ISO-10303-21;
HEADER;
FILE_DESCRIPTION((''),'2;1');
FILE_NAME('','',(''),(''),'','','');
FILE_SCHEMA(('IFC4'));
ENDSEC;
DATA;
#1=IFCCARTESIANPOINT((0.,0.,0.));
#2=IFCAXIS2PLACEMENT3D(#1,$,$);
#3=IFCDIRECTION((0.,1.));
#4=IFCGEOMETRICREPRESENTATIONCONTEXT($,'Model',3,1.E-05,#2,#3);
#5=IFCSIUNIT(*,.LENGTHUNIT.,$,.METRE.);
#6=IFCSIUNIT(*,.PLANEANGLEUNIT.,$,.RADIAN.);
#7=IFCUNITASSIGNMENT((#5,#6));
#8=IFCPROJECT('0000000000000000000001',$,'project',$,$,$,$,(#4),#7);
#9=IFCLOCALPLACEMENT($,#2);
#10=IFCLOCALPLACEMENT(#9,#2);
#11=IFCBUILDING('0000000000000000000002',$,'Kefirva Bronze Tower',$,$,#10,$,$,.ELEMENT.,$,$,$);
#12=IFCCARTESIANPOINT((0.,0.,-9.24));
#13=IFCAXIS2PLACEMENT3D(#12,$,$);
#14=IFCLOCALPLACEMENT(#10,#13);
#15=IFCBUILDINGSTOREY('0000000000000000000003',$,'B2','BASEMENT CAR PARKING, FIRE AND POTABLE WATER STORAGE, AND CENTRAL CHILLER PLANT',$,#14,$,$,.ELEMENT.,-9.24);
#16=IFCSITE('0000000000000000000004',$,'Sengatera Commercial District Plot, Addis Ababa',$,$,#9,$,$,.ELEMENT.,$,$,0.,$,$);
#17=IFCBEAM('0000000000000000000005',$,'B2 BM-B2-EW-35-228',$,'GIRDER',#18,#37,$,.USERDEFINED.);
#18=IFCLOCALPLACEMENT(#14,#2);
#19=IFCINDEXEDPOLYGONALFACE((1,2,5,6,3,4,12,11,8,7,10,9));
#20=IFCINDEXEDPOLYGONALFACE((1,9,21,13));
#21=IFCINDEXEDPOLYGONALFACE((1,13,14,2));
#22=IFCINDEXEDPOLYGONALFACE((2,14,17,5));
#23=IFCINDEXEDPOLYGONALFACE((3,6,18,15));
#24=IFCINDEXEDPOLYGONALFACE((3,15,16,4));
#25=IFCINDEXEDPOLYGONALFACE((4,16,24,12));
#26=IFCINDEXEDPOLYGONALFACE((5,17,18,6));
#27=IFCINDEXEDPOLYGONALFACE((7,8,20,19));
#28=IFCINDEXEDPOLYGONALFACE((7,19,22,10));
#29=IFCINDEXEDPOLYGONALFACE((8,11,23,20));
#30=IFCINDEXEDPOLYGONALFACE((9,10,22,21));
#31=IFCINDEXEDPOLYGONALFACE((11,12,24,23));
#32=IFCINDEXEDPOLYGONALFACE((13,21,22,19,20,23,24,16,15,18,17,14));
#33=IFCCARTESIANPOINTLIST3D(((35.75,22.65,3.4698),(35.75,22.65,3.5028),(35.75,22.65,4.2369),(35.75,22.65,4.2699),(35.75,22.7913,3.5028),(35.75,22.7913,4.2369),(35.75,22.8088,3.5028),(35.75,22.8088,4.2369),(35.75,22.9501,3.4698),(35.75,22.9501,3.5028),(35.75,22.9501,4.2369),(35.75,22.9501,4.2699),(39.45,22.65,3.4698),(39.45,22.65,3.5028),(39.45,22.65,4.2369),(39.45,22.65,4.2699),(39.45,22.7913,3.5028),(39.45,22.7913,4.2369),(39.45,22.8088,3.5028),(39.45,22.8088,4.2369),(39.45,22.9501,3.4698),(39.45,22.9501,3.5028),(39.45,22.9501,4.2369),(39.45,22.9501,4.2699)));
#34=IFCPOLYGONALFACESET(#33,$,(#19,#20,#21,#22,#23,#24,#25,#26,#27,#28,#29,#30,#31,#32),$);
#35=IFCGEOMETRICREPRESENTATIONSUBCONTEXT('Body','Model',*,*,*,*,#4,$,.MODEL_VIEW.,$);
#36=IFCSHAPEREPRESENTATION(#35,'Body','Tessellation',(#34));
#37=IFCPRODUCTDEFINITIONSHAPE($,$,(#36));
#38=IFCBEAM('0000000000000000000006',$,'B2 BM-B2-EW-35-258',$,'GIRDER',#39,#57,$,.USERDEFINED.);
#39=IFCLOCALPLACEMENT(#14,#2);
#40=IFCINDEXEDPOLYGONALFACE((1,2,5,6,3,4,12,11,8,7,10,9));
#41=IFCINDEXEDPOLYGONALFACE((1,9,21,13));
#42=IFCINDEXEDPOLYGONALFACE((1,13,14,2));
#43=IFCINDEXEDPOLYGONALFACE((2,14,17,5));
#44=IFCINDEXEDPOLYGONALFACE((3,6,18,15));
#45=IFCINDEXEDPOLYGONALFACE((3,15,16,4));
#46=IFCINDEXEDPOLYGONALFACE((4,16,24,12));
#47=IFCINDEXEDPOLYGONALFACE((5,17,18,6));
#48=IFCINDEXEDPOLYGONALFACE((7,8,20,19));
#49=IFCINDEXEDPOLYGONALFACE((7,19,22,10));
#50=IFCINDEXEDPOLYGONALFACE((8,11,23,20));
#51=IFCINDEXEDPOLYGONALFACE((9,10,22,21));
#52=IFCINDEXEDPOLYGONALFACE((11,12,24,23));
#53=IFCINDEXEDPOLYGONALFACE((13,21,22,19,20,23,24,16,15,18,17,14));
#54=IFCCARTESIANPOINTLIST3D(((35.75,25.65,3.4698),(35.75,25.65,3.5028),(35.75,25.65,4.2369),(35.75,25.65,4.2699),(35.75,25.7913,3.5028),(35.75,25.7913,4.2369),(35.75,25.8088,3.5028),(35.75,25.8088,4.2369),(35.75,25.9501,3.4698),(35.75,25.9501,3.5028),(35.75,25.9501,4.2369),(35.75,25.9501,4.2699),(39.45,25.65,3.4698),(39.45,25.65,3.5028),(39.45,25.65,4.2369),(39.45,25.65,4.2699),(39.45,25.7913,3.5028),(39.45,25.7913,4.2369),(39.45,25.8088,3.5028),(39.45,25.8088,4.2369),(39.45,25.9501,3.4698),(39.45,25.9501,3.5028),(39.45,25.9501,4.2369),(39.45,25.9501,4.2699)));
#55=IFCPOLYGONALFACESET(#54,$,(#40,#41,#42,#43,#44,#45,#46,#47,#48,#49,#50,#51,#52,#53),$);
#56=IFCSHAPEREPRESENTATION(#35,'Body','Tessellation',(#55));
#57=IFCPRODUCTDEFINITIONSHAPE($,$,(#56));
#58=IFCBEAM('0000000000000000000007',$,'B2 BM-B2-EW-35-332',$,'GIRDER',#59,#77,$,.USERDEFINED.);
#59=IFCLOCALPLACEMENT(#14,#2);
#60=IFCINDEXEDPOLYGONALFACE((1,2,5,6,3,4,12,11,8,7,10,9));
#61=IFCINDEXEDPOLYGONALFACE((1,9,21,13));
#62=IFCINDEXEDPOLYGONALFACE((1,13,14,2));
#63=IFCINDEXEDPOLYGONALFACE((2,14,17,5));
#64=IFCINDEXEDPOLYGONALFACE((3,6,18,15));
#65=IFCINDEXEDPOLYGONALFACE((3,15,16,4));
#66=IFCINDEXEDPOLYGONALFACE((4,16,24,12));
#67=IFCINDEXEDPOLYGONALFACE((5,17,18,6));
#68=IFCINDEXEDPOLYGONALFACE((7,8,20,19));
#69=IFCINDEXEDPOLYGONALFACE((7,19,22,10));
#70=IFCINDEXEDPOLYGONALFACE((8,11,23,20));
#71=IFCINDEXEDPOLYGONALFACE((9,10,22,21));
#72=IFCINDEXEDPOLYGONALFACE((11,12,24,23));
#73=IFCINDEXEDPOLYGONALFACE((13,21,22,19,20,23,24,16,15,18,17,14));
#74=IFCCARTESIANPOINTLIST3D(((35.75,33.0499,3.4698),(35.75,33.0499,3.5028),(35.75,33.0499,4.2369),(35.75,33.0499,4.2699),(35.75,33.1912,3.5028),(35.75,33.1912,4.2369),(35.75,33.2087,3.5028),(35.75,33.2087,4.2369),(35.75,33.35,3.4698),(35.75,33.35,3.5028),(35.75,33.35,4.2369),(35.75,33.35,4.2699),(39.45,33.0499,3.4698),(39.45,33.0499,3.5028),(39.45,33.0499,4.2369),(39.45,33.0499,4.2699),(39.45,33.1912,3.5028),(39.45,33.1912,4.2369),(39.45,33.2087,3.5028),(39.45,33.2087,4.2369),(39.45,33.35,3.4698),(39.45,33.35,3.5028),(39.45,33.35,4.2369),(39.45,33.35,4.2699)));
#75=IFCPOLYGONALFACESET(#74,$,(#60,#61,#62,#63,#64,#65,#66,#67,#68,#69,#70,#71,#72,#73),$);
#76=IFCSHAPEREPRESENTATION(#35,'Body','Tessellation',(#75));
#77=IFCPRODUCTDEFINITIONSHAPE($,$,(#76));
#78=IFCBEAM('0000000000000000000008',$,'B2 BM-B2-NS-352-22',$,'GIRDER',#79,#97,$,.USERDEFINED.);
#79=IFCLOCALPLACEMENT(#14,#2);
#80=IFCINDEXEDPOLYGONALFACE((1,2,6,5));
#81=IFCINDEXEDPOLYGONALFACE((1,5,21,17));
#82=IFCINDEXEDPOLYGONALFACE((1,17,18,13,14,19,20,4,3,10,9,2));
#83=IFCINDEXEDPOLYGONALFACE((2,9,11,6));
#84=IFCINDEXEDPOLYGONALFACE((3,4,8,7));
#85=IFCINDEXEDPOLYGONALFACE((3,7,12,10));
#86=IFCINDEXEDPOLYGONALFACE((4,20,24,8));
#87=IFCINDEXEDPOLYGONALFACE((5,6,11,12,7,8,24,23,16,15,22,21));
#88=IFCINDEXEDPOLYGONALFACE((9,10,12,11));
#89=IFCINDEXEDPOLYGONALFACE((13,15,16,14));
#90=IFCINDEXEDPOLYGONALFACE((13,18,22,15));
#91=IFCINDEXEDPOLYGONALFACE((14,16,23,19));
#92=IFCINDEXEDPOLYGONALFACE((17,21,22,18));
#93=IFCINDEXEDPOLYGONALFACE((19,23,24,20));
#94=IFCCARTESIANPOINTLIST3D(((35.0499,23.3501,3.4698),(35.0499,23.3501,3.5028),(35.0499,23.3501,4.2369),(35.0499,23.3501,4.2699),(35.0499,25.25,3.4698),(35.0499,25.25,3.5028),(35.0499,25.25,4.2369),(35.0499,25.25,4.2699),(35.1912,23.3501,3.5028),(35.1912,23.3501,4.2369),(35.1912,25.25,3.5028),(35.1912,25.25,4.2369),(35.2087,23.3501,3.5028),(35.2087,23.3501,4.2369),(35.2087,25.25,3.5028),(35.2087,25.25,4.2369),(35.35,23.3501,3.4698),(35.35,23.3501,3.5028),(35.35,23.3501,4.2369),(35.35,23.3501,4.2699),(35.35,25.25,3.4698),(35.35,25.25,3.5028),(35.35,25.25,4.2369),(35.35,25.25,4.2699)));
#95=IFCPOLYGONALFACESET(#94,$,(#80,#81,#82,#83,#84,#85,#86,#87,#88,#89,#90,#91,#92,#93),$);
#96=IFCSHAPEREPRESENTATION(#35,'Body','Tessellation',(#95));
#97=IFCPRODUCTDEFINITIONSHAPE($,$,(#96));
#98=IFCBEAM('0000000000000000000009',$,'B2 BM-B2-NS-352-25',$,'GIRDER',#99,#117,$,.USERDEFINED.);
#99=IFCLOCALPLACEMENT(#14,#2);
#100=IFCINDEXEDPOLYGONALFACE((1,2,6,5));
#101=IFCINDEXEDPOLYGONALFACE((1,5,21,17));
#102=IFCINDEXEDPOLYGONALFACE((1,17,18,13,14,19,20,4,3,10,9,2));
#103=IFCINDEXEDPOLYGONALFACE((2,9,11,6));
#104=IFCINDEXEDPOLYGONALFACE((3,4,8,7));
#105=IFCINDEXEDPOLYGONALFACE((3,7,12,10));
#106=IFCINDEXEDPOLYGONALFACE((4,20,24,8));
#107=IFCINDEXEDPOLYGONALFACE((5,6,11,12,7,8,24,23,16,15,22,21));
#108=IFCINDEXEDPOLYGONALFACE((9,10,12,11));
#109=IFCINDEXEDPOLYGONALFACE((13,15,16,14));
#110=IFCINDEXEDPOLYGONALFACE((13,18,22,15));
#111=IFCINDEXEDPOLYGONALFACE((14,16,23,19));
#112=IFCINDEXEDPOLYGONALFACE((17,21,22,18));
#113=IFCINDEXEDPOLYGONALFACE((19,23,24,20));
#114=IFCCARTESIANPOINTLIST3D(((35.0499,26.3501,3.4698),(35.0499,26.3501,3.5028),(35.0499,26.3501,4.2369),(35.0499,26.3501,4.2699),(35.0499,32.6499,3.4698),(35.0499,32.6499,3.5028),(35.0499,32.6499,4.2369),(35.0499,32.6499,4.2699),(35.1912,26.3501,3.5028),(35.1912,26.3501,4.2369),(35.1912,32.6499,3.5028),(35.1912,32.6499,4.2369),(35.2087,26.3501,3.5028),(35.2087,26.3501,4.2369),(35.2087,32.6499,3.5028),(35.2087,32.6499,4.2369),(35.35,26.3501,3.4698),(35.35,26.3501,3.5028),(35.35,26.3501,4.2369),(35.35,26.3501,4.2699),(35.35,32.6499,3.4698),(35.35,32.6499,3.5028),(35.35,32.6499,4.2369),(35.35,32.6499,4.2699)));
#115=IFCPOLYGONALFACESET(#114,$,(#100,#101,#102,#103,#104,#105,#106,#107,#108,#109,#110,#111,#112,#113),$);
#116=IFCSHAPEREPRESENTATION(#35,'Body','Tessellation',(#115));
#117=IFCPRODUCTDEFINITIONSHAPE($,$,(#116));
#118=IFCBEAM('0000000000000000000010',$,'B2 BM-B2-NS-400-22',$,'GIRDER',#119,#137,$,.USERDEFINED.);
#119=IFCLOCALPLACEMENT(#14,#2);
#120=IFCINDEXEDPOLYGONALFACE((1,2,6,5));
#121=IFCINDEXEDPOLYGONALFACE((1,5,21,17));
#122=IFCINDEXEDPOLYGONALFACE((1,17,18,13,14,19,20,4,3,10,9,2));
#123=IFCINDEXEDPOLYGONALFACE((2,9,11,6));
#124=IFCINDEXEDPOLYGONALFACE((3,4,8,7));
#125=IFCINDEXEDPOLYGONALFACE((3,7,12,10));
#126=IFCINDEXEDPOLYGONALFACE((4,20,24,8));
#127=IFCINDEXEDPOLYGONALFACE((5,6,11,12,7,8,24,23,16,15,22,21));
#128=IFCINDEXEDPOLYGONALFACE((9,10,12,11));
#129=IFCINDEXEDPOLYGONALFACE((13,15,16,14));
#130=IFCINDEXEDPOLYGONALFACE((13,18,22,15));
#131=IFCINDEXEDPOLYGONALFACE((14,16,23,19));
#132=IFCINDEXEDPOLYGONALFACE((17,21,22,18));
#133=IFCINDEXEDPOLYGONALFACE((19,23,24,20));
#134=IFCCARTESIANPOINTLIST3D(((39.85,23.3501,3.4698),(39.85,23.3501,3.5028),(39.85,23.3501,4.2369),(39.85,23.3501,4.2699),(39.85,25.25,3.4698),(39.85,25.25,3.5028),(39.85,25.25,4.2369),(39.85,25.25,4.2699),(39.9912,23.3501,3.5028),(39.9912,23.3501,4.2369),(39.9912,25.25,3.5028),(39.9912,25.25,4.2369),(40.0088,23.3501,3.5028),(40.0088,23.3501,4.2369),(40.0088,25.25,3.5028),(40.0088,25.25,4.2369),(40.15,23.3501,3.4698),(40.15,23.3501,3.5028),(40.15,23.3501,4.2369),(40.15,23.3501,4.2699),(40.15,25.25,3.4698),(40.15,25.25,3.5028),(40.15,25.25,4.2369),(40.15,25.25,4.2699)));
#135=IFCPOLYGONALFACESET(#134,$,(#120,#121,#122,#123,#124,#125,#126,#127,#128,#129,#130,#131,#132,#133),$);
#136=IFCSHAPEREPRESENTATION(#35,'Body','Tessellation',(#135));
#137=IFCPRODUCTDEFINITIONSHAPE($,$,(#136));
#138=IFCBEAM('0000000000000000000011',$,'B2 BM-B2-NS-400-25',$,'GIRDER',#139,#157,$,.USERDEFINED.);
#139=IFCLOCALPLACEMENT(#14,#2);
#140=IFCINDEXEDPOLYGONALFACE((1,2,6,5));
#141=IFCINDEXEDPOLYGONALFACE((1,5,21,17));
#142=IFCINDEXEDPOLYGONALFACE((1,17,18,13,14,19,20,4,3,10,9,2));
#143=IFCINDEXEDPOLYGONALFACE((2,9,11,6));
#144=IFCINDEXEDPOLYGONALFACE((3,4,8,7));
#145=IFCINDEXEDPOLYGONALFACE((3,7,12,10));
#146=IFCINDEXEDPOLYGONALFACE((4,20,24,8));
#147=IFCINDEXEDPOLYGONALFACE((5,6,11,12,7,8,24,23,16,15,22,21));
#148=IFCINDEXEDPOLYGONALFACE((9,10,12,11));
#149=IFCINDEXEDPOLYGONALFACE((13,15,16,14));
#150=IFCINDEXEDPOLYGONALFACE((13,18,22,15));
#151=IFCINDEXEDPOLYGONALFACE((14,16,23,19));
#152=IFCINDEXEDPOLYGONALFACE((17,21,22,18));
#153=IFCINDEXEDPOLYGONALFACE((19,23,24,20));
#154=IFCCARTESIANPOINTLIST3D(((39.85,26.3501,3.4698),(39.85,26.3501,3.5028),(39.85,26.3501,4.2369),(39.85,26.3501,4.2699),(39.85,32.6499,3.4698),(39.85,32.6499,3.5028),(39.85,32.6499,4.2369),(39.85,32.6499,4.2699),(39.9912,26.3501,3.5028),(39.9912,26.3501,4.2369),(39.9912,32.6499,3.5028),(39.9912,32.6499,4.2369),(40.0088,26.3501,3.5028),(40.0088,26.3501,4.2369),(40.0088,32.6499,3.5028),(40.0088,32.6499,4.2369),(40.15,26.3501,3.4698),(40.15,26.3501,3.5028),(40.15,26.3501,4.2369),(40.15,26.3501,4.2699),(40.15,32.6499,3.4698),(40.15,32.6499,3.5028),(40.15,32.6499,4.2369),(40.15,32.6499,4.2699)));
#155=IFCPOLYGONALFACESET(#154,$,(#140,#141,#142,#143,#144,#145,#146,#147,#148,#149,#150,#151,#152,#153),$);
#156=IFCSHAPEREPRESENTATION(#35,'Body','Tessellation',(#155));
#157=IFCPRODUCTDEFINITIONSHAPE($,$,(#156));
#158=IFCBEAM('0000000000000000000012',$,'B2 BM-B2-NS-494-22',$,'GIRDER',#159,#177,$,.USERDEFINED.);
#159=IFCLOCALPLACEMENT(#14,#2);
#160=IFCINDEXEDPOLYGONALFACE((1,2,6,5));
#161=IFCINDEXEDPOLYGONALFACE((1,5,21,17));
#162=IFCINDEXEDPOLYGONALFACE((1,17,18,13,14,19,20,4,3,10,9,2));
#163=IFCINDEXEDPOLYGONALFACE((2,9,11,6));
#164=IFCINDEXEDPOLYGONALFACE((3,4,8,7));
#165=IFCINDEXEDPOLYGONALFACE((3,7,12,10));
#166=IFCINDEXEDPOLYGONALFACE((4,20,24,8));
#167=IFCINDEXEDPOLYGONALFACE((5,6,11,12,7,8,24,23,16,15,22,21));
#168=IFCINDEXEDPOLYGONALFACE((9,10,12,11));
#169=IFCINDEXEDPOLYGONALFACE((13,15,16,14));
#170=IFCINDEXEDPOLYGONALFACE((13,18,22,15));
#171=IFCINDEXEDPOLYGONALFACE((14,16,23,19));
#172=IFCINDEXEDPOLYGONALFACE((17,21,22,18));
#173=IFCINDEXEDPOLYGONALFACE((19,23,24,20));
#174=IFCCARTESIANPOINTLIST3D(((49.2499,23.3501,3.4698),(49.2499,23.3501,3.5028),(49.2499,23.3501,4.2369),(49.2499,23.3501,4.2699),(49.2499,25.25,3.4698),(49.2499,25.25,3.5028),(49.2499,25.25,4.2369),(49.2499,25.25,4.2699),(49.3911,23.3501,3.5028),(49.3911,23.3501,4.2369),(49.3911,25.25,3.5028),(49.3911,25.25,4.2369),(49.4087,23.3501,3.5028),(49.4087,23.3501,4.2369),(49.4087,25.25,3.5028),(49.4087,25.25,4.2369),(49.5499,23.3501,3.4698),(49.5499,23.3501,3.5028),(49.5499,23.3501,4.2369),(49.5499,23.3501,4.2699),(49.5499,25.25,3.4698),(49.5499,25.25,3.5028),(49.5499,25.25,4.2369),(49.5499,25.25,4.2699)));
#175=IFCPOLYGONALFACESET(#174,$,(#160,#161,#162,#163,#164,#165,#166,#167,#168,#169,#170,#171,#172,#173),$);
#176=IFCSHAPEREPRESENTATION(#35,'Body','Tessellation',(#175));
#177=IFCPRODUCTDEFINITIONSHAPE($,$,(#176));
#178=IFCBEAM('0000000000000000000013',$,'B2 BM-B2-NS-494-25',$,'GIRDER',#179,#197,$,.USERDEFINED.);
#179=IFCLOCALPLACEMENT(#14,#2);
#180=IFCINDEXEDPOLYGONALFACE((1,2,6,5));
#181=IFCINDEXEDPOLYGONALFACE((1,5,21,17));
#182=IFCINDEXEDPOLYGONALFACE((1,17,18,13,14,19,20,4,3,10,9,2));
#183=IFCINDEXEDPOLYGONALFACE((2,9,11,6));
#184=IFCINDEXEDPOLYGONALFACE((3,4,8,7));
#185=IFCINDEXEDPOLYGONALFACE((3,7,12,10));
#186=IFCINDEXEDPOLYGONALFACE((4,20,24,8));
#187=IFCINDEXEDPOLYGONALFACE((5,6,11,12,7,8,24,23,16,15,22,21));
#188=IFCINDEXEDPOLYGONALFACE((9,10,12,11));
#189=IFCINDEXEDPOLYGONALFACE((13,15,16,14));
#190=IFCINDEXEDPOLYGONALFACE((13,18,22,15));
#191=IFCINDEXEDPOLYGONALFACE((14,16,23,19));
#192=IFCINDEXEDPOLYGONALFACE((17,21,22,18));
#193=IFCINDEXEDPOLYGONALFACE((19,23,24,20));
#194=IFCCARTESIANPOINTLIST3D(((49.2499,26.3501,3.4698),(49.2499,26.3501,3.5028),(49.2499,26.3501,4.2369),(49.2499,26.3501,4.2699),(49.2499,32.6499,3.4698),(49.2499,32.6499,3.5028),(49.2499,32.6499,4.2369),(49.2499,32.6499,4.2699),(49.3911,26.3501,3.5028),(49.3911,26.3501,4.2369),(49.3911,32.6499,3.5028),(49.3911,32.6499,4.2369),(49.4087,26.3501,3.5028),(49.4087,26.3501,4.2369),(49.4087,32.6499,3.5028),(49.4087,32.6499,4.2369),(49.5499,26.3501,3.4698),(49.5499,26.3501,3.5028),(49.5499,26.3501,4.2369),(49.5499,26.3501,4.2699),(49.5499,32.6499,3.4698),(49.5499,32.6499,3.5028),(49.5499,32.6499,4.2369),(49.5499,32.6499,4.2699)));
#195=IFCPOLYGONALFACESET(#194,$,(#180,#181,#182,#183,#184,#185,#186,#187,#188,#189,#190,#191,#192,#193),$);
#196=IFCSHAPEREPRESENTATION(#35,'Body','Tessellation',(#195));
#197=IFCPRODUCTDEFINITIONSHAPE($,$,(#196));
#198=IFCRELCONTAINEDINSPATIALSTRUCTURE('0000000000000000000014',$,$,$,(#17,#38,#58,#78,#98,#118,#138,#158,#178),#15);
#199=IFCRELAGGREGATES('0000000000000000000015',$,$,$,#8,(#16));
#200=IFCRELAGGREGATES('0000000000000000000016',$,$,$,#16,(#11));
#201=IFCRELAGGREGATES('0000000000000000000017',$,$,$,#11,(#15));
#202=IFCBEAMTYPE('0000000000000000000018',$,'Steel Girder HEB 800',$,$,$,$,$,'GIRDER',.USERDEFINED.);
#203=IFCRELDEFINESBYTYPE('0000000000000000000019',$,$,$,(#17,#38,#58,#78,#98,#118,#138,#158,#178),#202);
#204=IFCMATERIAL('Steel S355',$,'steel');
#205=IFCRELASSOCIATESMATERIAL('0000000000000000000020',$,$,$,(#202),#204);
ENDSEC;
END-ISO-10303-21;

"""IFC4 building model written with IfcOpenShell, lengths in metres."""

from ifc_helpers import new_model, si_unit, direction, frame, origin, origin_2d, place, context, subcontext, project, spatial, i_section, extrude, material, material_profile, profile_set, type_object, element, save


model = new_model("IFC4")

# Units and contexts
model_context = context("Model", 3, precision=1e-05, world=origin(), true_north=direction((0.0, 1.0)))
body_context = subcontext(model_context, "Body", "Model", "MODEL_VIEW")
ifc_project = project(units=[si_unit("LENGTHUNIT", "METRE"), si_unit("PLANEANGLEUNIT", "RADIAN")], contexts=[model_context])

# Site, building, storey
site_placement = place(None, origin())
site = spatial("IfcSite", under=ifc_project, at=site_placement, Name="Sengatera Commercial District Plot, Addis Ababa", CompositionType="ELEMENT", RefElevation=0.0)
building_placement = place(site_placement, origin())
building = spatial("IfcBuilding", under=site, at=building_placement, Name="Kefirva Bronze Tower", CompositionType="ELEMENT")
storey_placement = place(building_placement, frame((0.0, 0.0, -9.24)))
storey = spatial("IfcBuildingStorey", under=building, at=storey_placement, Name="B2", Description="BASEMENT CAR PARKING, FIRE AND POTABLE WATER STORAGE, AND CENTRAL CHILLER PLANT", CompositionType="ELEMENT", Elevation=-9.24)

# Beams
ifc_material_1 = material(Name="Steel S355", Category="steel")
ifc_material_profile_1 = material_profile(ifc_material_1, i_section(OverallWidth=0.3, OverallDepth=0.8, WebThickness=0.0176, FlangeThickness=0.033, at=origin_2d()), Name="HEB 800")
ifc_profile_set_1 = profile_set([ifc_material_profile_1], Name="Steel S355")
beam_type_1 = type_object("IfcBeamType", Name="Steel Girder HEB 800", ElementType="GIRDER", PredefinedType="USERDEFINED", material=ifc_profile_set_1)
for number, where, z_axis, x_axis, name in (
    (1, (35.75, 22.8, 3.8699), (1.0, 0.0, 0.0), (0.0, 1.0, 0.0), "B2 BM-B2-EW-35-228"),
    (2, (35.75, 25.8, 3.8699), (1.0, 0.0, 0.0), (0.0, 1.0, 0.0), "B2 BM-B2-EW-35-258"),
    (3, (35.75, 33.2, 3.8699), (1.0, 0.0, 0.0), (0.0, 1.0, 0.0), "B2 BM-B2-EW-35-332"),
):
    element("IfcBeam", number, at=place(storey_placement, frame(where, z_axis=z_axis, x_axis=x_axis)), inside=storey, type_object=beam_type_1, Name=name, ObjectType="GIRDER", PredefinedType="USERDEFINED", context=body_context, shape_type="SweptSolid", body=[
        extrude(i_section(OverallWidth=0.3, OverallDepth=0.8, WebThickness=0.0176, FlangeThickness=0.033, at=origin_2d()), origin(), (0.0, 0.0, 1.0), 3.7),
    ])
beam_1_placement = place(storey_placement, frame((35.2, 23.3501, 3.8699), z_axis=(0.0, 1.0, 0.0), x_axis=(-1.0, 0.0, 0.0)))
element("IfcBeam", 4, at=beam_1_placement, inside=storey, type_object=beam_type_1, Name="B2 BM-B2-NS-352-22", ObjectType="GIRDER", PredefinedType="USERDEFINED", context=body_context, shape_type="SweptSolid", body=[
    extrude(i_section(OverallWidth=0.3, OverallDepth=0.8, WebThickness=0.0176, FlangeThickness=0.033, at=origin_2d()), origin(), (0.0, 0.0, 1.0), 1.8999),
])
beam_2_placement = place(storey_placement, frame((35.2, 26.3501, 3.8699), z_axis=(0.0, 1.0, 0.0), x_axis=(-1.0, 0.0, 0.0)))
element("IfcBeam", 5, at=beam_2_placement, inside=storey, type_object=beam_type_1, Name="B2 BM-B2-NS-352-25", ObjectType="GIRDER", PredefinedType="USERDEFINED", context=body_context, shape_type="SweptSolid", body=[
    extrude(i_section(OverallWidth=0.3, OverallDepth=0.8, WebThickness=0.0176, FlangeThickness=0.033, at=origin_2d()), origin(), (0.0, 0.0, 1.0), 6.2998),
])
beam_3_placement = place(storey_placement, frame((40.0, 23.3501, 3.8699), z_axis=(0.0, 1.0, 0.0), x_axis=(-1.0, 0.0, 0.0)))
element("IfcBeam", 6, at=beam_3_placement, inside=storey, type_object=beam_type_1, Name="B2 BM-B2-NS-400-22", ObjectType="GIRDER", PredefinedType="USERDEFINED", context=body_context, shape_type="SweptSolid", body=[
    extrude(i_section(OverallWidth=0.3, OverallDepth=0.8, WebThickness=0.0176, FlangeThickness=0.033, at=origin_2d()), origin(), (0.0, 0.0, 1.0), 1.8999),
])
beam_4_placement = place(storey_placement, frame((40.0, 26.3501, 3.8699), z_axis=(0.0, 1.0, 0.0), x_axis=(-1.0, 0.0, 0.0)))
element("IfcBeam", 7, at=beam_4_placement, inside=storey, type_object=beam_type_1, Name="B2 BM-B2-NS-400-25", ObjectType="GIRDER", PredefinedType="USERDEFINED", context=body_context, shape_type="SweptSolid", body=[
    extrude(i_section(OverallWidth=0.3, OverallDepth=0.8, WebThickness=0.0176, FlangeThickness=0.033, at=origin_2d()), origin(), (0.0, 0.0, 1.0), 6.2998),
])
beam_5_placement = place(storey_placement, frame((49.3999, 23.3501, 3.8699), z_axis=(0.0, 1.0, 0.0), x_axis=(-1.0, 0.0, 0.0)))
element("IfcBeam", 8, at=beam_5_placement, inside=storey, type_object=beam_type_1, Name="B2 BM-B2-NS-494-22", ObjectType="GIRDER", PredefinedType="USERDEFINED", context=body_context, shape_type="SweptSolid", body=[
    extrude(i_section(OverallWidth=0.3, OverallDepth=0.8, WebThickness=0.0176, FlangeThickness=0.033, at=origin_2d()), origin(), (0.0, 0.0, 1.0), 1.8999),
])
beam_6_placement = place(storey_placement, frame((49.3999, 26.3501, 3.8699), z_axis=(0.0, 1.0, 0.0), x_axis=(-1.0, 0.0, 0.0)))
element("IfcBeam", 9, at=beam_6_placement, inside=storey, type_object=beam_type_1, Name="B2 BM-B2-NS-494-25", ObjectType="GIRDER", PredefinedType="USERDEFINED", context=body_context, shape_type="SweptSolid", body=[
    extrude(i_section(OverallWidth=0.3, OverallDepth=0.8, WebThickness=0.0176, FlangeThickness=0.033, at=origin_2d()), origin(), (0.0, 0.0, 1.0), 6.2998),
])

save(model, "model.ifc")
